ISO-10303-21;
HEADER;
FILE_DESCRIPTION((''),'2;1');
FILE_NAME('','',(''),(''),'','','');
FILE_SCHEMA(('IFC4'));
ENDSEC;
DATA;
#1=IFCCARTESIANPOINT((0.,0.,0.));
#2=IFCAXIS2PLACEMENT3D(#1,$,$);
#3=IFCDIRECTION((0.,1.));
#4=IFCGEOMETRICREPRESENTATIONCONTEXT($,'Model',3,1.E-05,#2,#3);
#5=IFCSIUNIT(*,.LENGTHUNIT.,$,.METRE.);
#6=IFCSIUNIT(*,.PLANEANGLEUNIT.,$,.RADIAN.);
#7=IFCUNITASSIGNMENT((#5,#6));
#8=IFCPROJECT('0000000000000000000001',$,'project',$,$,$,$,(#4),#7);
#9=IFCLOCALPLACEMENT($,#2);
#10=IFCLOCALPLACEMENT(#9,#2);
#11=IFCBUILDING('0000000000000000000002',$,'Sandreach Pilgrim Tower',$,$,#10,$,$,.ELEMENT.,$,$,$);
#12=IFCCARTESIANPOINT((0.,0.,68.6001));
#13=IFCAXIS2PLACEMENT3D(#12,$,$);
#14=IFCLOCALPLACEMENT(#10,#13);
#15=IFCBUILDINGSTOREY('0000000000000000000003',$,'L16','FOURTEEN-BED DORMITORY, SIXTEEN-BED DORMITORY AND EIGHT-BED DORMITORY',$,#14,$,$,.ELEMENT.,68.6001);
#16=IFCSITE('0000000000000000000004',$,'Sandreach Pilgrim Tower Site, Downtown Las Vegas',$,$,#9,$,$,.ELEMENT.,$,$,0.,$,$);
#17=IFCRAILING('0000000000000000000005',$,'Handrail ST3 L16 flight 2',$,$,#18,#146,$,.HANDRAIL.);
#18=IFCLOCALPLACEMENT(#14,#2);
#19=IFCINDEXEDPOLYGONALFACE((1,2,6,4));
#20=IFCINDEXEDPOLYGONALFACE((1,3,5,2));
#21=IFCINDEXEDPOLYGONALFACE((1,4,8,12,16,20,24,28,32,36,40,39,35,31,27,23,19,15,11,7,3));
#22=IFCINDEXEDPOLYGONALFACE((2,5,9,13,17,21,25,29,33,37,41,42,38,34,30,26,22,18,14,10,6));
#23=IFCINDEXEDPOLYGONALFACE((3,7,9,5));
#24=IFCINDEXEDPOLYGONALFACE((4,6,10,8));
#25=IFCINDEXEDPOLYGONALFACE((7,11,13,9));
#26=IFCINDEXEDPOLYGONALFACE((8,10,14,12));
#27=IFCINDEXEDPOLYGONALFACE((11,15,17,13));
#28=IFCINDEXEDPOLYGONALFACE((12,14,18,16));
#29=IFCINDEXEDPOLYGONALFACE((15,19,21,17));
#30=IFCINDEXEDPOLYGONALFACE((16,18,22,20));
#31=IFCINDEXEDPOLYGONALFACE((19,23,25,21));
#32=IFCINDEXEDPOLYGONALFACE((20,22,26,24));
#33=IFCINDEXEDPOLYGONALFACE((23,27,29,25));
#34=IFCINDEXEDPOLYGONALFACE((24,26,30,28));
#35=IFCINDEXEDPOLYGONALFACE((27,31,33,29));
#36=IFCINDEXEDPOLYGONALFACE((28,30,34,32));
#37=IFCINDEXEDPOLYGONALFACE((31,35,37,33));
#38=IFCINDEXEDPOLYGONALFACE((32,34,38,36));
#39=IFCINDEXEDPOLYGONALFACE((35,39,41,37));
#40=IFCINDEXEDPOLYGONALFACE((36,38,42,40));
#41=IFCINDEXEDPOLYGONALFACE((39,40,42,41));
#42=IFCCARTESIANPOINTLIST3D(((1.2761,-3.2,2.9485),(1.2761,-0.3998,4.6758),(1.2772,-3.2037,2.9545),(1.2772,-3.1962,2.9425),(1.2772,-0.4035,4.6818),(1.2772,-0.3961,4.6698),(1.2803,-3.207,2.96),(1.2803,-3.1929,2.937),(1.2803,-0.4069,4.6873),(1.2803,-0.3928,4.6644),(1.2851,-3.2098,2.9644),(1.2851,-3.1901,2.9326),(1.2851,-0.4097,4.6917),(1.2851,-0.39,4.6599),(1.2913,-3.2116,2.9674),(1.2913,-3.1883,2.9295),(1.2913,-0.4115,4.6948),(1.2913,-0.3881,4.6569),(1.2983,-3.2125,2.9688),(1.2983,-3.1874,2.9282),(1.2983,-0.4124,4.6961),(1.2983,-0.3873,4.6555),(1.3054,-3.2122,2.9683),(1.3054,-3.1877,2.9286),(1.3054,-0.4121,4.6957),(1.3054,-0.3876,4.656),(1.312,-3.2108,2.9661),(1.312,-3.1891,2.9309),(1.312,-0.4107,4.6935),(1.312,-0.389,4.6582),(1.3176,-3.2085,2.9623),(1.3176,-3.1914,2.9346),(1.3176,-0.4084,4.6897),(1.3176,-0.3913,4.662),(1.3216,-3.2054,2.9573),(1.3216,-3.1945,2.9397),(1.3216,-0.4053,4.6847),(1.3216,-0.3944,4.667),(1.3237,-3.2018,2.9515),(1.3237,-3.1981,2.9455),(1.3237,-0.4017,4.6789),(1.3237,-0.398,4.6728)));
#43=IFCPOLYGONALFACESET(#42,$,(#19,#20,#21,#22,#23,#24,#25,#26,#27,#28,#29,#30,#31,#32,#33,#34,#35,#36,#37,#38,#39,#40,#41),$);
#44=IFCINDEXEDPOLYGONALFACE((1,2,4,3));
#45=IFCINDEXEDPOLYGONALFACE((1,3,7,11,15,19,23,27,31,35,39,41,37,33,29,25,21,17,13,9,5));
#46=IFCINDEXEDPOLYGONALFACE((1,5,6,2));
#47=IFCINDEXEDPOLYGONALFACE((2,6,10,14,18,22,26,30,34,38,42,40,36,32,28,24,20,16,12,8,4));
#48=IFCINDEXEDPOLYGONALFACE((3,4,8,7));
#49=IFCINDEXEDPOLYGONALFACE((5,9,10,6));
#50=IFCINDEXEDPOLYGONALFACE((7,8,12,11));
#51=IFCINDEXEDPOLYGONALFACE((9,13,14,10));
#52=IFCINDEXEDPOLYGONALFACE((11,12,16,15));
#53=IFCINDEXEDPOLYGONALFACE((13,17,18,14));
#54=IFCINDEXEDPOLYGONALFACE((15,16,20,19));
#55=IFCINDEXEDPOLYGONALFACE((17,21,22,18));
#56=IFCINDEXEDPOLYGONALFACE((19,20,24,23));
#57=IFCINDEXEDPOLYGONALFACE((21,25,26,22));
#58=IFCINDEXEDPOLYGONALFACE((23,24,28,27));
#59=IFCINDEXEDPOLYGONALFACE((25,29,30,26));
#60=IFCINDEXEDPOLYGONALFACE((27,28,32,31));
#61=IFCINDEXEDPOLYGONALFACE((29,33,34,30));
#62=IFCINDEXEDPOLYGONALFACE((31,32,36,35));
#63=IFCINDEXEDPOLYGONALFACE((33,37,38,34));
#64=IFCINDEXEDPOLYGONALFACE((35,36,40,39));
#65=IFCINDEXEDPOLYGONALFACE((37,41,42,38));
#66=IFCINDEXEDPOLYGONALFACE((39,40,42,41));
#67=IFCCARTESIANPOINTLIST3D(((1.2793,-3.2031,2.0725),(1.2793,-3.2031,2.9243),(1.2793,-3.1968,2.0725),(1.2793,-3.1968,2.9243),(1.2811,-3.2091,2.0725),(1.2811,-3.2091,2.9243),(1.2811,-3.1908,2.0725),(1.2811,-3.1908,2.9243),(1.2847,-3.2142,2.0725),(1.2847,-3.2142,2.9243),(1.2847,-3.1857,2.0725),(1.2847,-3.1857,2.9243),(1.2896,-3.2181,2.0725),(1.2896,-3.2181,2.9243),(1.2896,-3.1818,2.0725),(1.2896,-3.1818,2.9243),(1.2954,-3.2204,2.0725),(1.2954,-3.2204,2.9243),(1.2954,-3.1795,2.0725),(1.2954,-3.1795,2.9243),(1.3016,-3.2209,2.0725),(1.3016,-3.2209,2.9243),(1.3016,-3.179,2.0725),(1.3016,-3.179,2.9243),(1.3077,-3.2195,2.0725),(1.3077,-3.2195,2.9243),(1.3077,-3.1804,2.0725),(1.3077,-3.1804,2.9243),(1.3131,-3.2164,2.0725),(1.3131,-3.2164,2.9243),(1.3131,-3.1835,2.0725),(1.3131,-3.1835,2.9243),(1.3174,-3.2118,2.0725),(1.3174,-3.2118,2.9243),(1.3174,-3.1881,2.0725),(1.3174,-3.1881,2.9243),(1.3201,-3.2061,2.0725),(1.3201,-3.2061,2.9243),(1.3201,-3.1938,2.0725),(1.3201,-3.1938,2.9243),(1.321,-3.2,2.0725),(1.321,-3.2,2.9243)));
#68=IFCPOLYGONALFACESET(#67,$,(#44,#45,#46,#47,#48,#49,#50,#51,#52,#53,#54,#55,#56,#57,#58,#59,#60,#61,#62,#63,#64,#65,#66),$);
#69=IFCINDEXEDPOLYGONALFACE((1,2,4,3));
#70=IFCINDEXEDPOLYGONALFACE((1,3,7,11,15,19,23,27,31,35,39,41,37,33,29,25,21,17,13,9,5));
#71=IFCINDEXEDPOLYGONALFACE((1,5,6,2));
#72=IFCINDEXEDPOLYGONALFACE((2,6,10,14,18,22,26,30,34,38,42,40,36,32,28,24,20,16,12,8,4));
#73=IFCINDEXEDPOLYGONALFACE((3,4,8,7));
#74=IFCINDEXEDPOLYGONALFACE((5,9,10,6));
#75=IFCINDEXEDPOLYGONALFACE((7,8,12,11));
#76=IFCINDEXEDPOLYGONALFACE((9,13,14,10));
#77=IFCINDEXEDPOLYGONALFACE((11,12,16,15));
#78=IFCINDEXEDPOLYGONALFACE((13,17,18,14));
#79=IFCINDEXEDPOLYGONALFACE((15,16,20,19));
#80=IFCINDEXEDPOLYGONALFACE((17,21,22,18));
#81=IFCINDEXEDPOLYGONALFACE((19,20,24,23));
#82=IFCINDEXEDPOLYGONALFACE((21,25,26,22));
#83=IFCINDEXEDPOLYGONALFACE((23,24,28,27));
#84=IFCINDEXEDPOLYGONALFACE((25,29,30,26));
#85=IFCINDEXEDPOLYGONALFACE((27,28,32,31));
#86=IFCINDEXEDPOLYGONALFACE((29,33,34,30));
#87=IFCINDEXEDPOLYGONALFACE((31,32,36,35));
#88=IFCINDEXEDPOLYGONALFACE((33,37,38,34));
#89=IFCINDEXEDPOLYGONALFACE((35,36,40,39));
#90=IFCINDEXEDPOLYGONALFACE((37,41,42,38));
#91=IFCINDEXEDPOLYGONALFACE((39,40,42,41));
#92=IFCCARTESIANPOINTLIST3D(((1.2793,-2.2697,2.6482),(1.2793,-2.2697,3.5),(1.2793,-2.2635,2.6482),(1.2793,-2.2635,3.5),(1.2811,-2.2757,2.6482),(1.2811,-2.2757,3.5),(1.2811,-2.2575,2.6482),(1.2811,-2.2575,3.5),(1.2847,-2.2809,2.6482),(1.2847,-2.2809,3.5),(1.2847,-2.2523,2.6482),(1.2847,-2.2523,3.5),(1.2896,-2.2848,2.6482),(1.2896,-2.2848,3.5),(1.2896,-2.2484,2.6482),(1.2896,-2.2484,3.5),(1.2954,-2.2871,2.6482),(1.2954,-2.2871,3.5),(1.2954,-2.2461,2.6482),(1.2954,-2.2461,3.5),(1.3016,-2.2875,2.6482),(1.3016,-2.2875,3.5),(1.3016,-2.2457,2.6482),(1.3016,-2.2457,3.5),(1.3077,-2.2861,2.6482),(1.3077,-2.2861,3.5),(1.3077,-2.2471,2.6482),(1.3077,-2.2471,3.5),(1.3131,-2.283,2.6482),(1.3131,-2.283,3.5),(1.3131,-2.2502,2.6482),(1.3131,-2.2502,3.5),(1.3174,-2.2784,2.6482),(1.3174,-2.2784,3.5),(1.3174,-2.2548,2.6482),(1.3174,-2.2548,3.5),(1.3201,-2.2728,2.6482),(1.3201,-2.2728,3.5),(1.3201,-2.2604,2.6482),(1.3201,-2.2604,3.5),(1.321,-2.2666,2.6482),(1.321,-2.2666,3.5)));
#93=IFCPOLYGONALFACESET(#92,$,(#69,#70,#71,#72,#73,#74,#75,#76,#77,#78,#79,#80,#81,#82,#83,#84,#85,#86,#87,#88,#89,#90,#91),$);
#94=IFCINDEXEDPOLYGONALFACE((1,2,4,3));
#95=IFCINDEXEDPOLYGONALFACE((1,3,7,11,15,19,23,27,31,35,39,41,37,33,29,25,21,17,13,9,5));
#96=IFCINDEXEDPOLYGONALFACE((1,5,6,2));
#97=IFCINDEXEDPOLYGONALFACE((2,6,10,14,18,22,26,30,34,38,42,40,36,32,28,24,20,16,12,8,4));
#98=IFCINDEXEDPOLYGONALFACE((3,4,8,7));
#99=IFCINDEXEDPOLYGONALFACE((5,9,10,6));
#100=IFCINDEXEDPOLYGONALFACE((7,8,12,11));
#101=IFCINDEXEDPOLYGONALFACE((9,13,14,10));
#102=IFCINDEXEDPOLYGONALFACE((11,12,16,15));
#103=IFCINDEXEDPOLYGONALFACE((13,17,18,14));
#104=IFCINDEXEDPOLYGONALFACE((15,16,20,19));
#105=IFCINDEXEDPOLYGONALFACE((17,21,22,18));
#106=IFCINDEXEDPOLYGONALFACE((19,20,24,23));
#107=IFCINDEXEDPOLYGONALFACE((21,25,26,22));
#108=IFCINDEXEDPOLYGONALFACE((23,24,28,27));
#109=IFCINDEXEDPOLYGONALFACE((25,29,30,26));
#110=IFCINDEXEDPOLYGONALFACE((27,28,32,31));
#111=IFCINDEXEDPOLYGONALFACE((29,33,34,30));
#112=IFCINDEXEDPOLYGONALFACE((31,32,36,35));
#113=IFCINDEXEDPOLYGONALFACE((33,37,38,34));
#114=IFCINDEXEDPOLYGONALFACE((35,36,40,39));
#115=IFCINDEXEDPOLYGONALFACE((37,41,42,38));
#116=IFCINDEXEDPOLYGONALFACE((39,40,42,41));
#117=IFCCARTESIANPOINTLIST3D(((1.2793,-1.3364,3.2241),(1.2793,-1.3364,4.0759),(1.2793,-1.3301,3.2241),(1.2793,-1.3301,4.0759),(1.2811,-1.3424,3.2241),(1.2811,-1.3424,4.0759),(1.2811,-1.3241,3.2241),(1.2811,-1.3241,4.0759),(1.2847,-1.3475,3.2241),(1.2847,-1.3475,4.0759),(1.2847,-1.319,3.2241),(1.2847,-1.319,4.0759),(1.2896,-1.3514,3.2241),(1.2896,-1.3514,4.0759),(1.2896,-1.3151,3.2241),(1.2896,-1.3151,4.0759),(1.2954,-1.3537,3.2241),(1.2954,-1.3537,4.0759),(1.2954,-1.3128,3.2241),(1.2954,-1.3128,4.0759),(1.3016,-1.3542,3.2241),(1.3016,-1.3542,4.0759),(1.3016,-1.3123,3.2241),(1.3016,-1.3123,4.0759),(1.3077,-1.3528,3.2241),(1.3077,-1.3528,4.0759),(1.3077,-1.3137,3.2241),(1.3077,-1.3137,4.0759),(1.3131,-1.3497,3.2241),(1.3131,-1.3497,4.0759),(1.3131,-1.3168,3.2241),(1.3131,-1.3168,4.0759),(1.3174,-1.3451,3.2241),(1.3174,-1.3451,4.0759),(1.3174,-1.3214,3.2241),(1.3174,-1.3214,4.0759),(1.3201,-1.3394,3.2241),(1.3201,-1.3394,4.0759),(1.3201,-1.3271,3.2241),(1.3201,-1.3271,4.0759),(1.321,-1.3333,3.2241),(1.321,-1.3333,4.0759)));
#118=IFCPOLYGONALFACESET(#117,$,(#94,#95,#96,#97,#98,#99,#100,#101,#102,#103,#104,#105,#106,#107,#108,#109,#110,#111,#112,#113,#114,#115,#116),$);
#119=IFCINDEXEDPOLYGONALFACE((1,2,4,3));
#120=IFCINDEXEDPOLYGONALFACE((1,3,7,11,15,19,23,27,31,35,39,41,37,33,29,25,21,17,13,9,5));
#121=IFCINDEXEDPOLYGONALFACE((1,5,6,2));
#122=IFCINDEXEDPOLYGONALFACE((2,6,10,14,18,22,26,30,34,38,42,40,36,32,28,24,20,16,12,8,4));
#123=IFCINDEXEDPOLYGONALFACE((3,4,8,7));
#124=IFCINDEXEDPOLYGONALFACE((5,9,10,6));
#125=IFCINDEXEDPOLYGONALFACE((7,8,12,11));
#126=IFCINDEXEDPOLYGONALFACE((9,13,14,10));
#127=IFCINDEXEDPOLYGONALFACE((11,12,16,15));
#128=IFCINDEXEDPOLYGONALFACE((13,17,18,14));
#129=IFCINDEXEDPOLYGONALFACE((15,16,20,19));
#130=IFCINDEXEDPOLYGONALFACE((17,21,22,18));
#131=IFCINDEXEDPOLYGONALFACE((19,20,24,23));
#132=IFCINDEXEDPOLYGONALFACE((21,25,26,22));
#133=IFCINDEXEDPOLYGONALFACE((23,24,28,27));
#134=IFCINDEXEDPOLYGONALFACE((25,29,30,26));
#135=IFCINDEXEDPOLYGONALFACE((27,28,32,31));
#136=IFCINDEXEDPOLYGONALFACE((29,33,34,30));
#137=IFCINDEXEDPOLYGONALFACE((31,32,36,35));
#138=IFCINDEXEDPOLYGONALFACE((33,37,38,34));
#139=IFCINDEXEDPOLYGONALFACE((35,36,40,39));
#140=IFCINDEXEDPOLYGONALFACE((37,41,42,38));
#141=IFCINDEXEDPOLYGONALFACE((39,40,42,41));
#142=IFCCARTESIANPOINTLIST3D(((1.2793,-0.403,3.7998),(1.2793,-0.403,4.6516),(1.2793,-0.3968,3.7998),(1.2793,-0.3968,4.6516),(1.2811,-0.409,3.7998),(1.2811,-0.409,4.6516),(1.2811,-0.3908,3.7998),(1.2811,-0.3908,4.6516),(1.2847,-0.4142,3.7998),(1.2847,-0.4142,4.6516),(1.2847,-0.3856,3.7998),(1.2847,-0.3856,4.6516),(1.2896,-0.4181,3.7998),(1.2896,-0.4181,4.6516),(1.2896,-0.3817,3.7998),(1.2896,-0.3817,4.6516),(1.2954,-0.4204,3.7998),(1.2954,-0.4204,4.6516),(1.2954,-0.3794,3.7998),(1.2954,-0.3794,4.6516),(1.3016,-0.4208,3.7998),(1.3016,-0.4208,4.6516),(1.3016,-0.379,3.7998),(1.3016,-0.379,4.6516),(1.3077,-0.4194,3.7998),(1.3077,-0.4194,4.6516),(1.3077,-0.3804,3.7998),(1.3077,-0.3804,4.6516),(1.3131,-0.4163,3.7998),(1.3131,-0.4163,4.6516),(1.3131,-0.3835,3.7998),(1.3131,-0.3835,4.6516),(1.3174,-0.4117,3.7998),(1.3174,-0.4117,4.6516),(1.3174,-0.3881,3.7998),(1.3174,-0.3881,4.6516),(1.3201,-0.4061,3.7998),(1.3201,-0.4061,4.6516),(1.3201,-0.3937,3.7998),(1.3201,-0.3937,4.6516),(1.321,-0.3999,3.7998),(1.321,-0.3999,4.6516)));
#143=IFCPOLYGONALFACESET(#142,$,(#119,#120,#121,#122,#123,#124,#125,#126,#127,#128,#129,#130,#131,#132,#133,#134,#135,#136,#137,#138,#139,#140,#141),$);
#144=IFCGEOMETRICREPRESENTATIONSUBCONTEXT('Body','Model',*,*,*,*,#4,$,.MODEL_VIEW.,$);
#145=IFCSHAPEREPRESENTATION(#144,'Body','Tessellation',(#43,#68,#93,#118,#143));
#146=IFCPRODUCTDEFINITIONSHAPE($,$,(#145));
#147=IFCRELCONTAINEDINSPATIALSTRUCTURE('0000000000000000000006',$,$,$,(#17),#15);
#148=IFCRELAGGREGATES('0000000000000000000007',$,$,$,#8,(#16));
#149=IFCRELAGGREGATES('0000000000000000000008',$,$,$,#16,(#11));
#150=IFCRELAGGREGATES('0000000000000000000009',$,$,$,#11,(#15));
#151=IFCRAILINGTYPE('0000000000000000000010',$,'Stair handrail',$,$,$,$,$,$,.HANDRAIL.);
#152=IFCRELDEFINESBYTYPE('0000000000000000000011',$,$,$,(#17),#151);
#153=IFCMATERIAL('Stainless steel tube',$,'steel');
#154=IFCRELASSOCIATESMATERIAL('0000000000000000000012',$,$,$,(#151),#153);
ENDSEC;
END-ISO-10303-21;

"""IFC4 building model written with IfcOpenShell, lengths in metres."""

from ifc_helpers import new_model, si_unit, direction, frame, origin, origin_2d, place, context, subcontext, project, spatial, circle, extrude, material, type_object, element, save


model = new_model("IFC4")

# Units and contexts
model_context = context("Model", 3, precision=1e-05, world=origin(), true_north=direction((0.0, 1.0)))
body_context = subcontext(model_context, "Body", "Model", "MODEL_VIEW")
ifc_project = project(units=[si_unit("LENGTHUNIT", "METRE"), si_unit("PLANEANGLEUNIT", "RADIAN")], contexts=[model_context])

# Site, building, storey
site_placement = place(None, origin())
site = spatial("IfcSite", under=ifc_project, at=site_placement, Name="Sandreach Pilgrim Tower Site, Downtown Las Vegas", CompositionType="ELEMENT", RefElevation=0.0)
building_placement = place(site_placement, origin())
building = spatial("IfcBuilding", under=site, at=building_placement, Name="Sandreach Pilgrim Tower", CompositionType="ELEMENT")
storey_placement = place(building_placement, frame((0.0, 0.0, 68.6001)))
storey = spatial("IfcBuildingStorey", under=building, at=storey_placement, Name="L16", Description="FOURTEEN-BED DORMITORY, SIXTEEN-BED DORMITORY AND EIGHT-BED DORMITORY", CompositionType="ELEMENT", Elevation=68.6001)

# Railing
ifc_material_1 = material(Name="Stainless steel tube", Category="steel")
railing_type = type_object("IfcRailingType", Name="Stair handrail", PredefinedType="HANDRAIL", material=ifc_material_1)
for number, where, name in (
    (1, (1.3, -3.2, 2.0725), "Handrail ST3 L16 flight 2"),
):
    element("IfcRailing", number, at=place(storey_placement, frame(where)), inside=storey, type_object=railing_type, Name=name, PredefinedType="HANDRAIL", context=body_context, shape_type="SweptSolid", body=[
        extrude(circle(Radius=0.0239, at=origin_2d()), frame((0.0, 0.0, 0.876), z_axis=(0.0, 0.85109, 0.52502), x_axis=(-1.0, 0.0, 0.0)), (0.0, 0.0, 1.0), 3.29),
        extrude(circle(Radius=0.021, at=origin_2d()), origin(), (0.0, 0.0, 1.0), 0.8518),
        extrude(circle(Radius=0.021, at=origin_2d()), frame((0.0, 0.9333, 0.5757)), (0.0, 0.0, 1.0), 0.8518),
        extrude(circle(Radius=0.021, at=origin_2d()), frame((0.0, 1.8667, 1.1516)), (0.0, 0.0, 1.0), 0.8518),
        extrude(circle(Radius=0.021, at=origin_2d()), frame((0.0, 2.8, 1.7273)), (0.0, 0.0, 1.0), 0.8518),
    ])

save(model, "model.ifc")
